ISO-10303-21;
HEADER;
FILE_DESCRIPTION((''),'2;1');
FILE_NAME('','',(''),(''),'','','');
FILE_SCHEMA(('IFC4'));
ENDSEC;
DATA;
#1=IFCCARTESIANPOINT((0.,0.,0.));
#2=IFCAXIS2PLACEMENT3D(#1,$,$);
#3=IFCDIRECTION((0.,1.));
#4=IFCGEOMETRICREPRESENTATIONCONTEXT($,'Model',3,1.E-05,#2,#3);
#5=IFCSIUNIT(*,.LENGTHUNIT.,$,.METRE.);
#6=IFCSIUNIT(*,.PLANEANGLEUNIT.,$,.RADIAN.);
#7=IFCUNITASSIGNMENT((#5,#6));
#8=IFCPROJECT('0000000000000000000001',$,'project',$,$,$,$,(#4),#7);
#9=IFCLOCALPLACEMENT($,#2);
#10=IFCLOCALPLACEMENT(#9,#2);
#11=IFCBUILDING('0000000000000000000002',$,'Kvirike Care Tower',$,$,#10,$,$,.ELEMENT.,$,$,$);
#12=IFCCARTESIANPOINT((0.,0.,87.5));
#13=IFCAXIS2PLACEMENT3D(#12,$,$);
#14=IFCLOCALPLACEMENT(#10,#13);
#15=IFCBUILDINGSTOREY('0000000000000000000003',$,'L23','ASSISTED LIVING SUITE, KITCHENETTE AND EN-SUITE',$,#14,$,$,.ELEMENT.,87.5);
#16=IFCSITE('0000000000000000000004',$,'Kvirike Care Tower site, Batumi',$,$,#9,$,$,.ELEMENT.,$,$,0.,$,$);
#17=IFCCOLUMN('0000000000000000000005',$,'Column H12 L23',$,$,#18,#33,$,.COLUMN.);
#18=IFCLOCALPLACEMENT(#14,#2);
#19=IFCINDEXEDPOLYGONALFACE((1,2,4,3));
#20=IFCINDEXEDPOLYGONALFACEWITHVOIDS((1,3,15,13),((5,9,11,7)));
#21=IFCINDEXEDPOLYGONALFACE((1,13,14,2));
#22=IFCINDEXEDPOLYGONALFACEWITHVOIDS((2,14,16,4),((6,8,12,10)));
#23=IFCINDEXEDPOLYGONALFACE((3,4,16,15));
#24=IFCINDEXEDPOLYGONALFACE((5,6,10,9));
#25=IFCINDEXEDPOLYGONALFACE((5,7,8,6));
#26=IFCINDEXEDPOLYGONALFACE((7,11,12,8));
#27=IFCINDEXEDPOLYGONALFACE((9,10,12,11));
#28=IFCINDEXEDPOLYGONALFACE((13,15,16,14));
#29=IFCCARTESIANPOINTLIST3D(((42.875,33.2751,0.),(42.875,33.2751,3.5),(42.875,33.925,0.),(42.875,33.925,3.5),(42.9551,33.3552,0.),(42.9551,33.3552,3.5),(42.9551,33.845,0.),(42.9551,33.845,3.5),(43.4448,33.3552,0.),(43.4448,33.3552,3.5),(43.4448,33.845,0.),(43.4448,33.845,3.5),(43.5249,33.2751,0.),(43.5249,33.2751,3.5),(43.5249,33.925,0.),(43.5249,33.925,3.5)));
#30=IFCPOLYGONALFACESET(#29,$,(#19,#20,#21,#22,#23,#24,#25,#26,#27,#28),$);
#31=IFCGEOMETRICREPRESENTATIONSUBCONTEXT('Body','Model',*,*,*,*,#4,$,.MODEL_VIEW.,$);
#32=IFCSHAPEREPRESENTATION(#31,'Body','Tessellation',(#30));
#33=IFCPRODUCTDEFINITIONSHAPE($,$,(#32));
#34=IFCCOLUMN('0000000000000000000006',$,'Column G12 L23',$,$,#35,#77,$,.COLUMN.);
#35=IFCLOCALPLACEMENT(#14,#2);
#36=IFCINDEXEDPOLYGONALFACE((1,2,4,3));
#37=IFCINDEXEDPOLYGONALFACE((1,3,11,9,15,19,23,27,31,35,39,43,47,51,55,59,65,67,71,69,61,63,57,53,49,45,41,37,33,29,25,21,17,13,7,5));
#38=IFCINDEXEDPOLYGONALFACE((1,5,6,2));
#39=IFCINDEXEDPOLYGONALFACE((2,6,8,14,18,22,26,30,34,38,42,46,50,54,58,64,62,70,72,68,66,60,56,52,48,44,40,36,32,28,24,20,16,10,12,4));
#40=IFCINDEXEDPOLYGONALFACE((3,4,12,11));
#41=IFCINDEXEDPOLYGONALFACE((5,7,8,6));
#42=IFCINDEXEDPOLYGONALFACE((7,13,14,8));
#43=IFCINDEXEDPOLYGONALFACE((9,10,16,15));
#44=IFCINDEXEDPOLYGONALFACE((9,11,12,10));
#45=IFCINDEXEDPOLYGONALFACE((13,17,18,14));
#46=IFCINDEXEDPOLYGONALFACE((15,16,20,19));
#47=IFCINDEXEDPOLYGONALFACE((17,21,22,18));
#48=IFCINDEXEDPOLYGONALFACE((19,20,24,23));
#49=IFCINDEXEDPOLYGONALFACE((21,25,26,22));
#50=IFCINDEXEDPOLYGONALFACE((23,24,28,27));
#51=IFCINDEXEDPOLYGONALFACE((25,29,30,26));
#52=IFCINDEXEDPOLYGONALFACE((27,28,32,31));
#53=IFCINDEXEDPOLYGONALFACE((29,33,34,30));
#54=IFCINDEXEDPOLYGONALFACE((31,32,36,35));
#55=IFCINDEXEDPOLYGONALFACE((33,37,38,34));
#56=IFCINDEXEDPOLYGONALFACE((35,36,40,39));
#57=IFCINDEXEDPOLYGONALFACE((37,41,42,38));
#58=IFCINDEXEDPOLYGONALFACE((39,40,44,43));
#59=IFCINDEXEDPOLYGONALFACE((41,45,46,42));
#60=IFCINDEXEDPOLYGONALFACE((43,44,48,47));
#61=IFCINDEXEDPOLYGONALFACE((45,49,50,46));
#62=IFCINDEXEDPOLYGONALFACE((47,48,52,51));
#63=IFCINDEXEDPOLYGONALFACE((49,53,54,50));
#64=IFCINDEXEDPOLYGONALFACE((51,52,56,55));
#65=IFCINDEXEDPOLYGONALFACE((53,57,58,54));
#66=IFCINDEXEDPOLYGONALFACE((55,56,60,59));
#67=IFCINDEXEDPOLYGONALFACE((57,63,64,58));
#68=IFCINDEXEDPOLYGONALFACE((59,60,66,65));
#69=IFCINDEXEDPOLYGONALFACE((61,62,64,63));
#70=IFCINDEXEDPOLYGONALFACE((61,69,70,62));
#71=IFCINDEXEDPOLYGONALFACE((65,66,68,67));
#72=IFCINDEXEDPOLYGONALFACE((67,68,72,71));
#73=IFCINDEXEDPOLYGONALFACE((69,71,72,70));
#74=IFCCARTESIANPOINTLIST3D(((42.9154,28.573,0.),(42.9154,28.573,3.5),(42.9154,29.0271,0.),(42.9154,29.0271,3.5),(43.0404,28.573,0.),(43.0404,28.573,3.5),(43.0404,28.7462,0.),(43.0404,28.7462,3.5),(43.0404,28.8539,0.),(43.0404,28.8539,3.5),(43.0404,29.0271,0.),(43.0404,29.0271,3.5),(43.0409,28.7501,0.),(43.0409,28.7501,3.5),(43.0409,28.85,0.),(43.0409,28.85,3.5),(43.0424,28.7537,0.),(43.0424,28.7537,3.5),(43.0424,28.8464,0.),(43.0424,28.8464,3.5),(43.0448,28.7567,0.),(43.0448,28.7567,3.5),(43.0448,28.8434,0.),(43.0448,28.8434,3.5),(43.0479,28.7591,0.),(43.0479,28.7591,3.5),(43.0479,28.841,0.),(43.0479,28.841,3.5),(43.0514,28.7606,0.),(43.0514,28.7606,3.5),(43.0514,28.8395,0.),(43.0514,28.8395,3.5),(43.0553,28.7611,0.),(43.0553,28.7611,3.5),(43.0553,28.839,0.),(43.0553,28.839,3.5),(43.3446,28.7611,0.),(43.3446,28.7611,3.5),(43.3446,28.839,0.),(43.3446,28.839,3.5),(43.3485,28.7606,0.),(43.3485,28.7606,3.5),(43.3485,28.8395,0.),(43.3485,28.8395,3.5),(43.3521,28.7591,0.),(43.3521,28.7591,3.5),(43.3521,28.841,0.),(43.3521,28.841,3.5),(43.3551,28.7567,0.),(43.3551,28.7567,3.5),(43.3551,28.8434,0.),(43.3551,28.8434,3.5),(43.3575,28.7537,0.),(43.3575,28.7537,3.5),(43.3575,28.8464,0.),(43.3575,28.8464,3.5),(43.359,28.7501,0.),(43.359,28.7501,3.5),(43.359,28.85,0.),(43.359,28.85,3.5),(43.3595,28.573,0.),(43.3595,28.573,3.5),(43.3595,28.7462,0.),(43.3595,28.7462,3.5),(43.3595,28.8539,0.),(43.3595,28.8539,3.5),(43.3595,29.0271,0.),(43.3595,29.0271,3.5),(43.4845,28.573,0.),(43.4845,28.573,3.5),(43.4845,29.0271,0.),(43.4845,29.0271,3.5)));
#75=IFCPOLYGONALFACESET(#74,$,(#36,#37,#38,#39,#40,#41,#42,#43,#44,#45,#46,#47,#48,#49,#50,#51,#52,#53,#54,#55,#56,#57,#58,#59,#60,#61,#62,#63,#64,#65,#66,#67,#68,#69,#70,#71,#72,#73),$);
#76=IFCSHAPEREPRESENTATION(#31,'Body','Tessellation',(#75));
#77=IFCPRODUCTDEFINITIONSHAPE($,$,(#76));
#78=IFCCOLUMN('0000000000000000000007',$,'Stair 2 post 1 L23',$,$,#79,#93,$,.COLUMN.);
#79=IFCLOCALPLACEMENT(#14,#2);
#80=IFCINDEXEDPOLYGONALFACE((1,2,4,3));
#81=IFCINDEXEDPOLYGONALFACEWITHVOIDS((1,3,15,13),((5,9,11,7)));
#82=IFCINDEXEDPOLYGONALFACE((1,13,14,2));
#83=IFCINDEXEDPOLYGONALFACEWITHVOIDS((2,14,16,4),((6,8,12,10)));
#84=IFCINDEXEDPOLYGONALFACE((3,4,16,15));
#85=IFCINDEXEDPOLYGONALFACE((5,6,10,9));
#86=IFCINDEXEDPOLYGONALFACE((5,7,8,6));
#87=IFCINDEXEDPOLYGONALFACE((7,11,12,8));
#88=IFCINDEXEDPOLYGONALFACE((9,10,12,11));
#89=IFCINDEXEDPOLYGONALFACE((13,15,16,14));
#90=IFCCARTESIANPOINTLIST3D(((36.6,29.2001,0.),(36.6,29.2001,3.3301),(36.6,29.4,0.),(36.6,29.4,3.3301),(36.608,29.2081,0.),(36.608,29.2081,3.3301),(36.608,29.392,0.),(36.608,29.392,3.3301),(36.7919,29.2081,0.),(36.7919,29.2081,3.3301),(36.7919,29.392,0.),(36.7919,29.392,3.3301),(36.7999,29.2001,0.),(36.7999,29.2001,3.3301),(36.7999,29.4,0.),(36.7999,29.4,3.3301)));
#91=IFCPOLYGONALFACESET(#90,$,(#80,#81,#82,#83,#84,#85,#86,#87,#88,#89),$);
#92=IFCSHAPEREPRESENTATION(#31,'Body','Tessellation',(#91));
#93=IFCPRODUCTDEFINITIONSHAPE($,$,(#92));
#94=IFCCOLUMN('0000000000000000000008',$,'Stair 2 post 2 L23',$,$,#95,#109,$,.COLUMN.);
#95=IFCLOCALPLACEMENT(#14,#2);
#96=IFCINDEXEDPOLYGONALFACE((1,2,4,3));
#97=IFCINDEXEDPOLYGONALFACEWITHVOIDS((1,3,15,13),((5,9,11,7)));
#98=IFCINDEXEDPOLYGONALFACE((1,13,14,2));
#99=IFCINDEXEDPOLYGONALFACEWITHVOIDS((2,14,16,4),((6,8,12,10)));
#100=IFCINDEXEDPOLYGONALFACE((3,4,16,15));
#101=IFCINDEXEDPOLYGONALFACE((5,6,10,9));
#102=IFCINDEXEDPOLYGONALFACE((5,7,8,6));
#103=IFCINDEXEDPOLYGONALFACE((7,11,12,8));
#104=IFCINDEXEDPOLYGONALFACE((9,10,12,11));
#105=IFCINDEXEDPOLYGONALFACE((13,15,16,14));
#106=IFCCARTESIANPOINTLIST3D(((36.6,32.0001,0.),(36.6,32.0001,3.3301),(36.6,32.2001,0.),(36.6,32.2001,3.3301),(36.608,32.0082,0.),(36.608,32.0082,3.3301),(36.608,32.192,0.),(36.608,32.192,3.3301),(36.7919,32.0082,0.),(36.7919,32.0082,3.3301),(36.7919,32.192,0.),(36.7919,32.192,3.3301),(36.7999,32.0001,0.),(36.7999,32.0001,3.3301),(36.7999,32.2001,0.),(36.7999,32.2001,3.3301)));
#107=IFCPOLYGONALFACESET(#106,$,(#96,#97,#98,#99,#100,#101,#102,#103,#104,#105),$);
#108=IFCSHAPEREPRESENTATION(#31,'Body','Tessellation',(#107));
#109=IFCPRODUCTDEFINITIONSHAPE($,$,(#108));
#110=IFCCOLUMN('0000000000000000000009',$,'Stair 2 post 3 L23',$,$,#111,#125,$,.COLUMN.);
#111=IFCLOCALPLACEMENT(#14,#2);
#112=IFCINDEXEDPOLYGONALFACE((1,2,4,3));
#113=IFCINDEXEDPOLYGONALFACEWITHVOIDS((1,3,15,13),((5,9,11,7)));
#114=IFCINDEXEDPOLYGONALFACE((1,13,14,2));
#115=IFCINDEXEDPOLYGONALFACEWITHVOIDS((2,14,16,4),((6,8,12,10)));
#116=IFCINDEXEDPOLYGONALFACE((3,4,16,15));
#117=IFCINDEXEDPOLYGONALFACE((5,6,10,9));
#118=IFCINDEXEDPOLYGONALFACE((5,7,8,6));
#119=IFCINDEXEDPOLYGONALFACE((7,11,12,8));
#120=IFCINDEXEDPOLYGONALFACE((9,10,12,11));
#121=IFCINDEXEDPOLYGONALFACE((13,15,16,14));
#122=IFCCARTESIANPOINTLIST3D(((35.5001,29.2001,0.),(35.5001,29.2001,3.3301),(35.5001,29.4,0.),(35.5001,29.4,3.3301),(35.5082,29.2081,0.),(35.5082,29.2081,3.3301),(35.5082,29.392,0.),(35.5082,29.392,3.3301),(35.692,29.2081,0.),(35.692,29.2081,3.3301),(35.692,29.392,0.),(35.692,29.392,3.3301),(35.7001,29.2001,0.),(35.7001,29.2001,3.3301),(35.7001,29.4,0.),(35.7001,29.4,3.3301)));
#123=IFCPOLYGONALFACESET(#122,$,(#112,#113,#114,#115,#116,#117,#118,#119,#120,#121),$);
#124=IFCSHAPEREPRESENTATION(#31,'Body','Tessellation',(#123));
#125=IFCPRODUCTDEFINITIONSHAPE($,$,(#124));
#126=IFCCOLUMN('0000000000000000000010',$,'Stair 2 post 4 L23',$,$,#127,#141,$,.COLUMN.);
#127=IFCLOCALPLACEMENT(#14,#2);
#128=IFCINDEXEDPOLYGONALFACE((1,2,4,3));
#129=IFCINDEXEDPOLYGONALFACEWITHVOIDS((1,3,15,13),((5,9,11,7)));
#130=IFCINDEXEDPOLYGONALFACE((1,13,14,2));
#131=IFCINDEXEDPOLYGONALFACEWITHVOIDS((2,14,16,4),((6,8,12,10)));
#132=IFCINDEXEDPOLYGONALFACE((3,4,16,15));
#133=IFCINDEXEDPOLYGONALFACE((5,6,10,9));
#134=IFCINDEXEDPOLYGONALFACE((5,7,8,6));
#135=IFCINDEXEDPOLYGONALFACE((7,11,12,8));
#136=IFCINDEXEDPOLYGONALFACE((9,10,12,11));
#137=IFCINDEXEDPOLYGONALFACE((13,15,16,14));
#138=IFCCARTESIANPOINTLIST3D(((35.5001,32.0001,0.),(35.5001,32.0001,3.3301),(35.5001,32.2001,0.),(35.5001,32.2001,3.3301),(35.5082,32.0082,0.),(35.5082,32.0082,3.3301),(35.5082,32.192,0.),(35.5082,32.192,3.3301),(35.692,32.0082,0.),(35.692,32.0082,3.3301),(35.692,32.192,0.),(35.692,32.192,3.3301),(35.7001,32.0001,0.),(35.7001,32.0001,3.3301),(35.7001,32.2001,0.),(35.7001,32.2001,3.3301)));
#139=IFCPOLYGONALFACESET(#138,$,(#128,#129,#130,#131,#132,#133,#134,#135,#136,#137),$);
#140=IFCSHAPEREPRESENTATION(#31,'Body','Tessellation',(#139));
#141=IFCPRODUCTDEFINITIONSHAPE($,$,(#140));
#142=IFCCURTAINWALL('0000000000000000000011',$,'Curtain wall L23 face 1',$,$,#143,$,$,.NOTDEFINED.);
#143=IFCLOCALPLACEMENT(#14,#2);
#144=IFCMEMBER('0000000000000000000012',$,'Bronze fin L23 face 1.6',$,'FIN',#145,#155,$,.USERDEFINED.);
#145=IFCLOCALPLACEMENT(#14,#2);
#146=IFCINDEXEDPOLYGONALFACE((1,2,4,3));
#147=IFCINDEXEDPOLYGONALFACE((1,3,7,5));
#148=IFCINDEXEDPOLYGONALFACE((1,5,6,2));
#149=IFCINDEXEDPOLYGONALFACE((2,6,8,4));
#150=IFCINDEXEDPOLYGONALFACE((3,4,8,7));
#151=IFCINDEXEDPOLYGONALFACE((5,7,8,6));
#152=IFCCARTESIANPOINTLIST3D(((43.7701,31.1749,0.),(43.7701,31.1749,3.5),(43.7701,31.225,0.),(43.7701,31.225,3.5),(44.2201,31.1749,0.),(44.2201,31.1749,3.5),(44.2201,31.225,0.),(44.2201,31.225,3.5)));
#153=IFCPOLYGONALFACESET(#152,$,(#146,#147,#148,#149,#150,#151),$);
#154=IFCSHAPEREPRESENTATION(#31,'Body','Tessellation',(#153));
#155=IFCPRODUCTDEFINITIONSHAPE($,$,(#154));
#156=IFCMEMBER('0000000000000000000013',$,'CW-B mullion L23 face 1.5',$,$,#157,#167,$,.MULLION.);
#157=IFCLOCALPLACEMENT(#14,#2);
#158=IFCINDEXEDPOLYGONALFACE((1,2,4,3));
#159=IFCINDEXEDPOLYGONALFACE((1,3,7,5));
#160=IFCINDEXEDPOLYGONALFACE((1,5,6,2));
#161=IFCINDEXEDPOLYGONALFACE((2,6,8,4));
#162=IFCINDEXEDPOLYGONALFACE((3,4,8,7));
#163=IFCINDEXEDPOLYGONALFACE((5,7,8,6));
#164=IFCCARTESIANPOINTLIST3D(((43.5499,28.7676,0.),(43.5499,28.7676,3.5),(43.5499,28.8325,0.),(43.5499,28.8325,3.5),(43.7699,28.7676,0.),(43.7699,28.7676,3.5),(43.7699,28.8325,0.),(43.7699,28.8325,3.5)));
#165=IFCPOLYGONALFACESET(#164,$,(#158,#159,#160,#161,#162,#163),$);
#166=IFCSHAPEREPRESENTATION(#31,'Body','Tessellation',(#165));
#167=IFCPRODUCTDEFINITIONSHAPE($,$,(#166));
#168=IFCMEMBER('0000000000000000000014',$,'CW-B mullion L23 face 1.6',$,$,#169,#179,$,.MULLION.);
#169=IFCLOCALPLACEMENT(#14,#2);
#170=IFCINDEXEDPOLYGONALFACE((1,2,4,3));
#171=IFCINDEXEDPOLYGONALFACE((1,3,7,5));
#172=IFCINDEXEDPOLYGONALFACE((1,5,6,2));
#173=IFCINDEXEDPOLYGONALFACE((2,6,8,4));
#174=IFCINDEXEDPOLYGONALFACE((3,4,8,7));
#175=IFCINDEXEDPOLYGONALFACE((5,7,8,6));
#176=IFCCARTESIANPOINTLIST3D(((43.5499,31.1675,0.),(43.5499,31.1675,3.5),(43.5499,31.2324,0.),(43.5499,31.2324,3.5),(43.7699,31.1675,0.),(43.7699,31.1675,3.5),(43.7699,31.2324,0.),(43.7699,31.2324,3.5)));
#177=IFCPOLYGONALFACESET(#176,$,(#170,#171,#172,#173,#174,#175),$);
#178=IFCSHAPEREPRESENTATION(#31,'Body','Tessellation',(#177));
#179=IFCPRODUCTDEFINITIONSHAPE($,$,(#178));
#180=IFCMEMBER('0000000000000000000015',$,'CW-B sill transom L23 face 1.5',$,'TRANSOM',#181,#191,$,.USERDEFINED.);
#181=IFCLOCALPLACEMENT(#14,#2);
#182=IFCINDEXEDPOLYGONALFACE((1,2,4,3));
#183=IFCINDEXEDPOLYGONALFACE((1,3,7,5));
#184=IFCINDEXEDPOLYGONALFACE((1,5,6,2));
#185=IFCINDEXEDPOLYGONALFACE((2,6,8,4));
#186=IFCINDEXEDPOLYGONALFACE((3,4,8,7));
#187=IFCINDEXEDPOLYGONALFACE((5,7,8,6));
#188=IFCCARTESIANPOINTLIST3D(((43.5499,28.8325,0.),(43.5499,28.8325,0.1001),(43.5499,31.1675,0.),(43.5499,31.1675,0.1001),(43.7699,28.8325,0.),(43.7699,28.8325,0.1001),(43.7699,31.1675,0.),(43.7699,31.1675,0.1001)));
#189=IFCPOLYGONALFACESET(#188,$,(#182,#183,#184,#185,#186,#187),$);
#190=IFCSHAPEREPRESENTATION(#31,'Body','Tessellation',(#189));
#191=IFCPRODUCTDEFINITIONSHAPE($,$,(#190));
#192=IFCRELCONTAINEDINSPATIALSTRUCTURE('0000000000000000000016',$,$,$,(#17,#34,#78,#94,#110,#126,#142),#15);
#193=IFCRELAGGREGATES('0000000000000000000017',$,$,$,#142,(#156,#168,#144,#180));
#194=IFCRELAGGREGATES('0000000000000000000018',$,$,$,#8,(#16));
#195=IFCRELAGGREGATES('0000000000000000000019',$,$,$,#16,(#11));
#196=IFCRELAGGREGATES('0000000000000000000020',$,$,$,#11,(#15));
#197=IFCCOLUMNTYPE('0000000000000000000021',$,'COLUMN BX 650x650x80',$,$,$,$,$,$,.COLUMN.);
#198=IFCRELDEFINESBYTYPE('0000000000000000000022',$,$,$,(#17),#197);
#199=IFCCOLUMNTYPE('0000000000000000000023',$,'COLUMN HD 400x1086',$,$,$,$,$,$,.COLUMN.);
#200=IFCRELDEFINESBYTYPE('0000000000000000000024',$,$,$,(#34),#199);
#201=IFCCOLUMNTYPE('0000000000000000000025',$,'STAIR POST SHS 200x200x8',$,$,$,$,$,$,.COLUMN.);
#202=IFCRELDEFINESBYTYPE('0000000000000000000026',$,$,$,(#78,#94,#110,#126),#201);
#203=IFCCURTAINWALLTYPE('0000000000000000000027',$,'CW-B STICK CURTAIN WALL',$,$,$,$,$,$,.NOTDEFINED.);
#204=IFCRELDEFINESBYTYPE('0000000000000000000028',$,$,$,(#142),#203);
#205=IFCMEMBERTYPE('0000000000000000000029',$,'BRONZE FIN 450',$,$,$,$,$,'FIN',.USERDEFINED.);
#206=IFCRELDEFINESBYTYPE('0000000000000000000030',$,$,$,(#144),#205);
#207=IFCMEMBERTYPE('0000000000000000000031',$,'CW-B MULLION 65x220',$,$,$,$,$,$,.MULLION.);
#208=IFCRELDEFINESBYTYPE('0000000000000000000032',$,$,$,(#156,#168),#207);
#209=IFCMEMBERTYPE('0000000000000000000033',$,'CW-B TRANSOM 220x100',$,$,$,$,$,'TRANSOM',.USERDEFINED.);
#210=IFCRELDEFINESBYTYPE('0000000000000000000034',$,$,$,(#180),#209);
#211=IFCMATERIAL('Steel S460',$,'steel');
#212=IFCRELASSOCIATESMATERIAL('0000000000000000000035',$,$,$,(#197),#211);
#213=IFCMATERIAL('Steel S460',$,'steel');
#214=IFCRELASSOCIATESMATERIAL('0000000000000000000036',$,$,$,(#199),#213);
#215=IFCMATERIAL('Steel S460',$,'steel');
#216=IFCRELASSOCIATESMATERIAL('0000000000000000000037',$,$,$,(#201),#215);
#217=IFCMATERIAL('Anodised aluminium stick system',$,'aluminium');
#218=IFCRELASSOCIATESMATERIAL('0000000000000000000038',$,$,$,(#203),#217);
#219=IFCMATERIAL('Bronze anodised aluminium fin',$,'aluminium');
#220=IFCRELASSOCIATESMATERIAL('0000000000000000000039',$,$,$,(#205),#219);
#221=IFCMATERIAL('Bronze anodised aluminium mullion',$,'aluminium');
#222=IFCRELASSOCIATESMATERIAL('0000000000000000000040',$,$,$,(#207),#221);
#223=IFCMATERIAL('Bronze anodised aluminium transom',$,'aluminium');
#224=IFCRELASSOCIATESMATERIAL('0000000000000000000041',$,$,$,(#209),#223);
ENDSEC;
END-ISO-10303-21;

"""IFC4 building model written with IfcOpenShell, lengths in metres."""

from ifc_helpers import new_model, si_unit, direction, frame, origin, origin_2d, place, context, subcontext, project, spatial, rectangle, hollow_rectangle, i_section, extrude, material, material_profile, profile_set, type_object, element, aggregate, save


model = new_model("IFC4")

# Units and contexts
model_context = context("Model", 3, precision=1e-05, world=origin(), true_north=direction((0.0, 1.0)))
body_context = subcontext(model_context, "Body", "Model", "MODEL_VIEW")
ifc_project = project(units=[si_unit("LENGTHUNIT", "METRE"), si_unit("PLANEANGLEUNIT", "RADIAN")], contexts=[model_context])

# Site, building, storey
site_placement = place(None, origin())
site = spatial("IfcSite", under=ifc_project, at=site_placement, Name="Kvirike Care Tower site, Batumi", CompositionType="ELEMENT", RefElevation=0.0)
building_placement = place(site_placement, origin())
building = spatial("IfcBuilding", under=site, at=building_placement, Name="Kvirike Care Tower", CompositionType="ELEMENT")
storey_placement = place(building_placement, frame((0.0, 0.0, 87.5)))
storey = spatial("IfcBuildingStorey", under=building, at=storey_placement, Name="L23", Description="ASSISTED LIVING SUITE, KITCHENETTE AND EN-SUITE", CompositionType="ELEMENT", Elevation=87.5)

# Columns
ifc_material_1 = material(Name="Steel S460", Category="steel")
ifc_material_profile_1 = material_profile(ifc_material_1, hollow_rectangle(XDim=0.6499, YDim=0.6499, WallThickness=0.0801, at=origin_2d()), Name="BX 650x650x80")
ifc_profile_set_1 = profile_set([ifc_material_profile_1], Name="Steel S460")
column_type_1 = type_object("IfcColumnType", Name="COLUMN BX 650x650x80", PredefinedType="COLUMN", material=ifc_profile_set_1)
column_1_placement = place(storey_placement, frame((43.2, 33.6001, 0.0), z_axis=(0.0, 0.0, 1.0), x_axis=(1.0, 0.0, 0.0)))
element("IfcColumn", 1, at=column_1_placement, inside=storey, type_object=column_type_1, Name="Column H12 L23", PredefinedType="COLUMN", context=body_context, shape_type="SweptSolid", body=[
    extrude(hollow_rectangle(XDim=0.6499, YDim=0.6499, WallThickness=0.0801, at=origin_2d()), origin(), (0.0, 0.0, 1.0), 3.5),
])
ifc_material_2 = material(Name="Steel S460", Category="steel")
ifc_material_profile_2 = material_profile(ifc_material_2, i_section(OverallWidth=0.4541, OverallDepth=0.5691, WebThickness=0.0779, FlangeThickness=0.125, FilletRadius=0.0149, at=origin_2d()), Name="HD 400x1086")
ifc_profile_set_2 = profile_set([ifc_material_profile_2], Name="Steel S460")
column_type_2 = type_object("IfcColumnType", Name="COLUMN HD 400x1086", PredefinedType="COLUMN", material=ifc_profile_set_2)
column_2_placement = place(storey_placement, frame((43.2, 28.8, 0.0), z_axis=(0.0, 0.0, 1.0), x_axis=(0.0, 1.0, 0.0)))
element("IfcColumn", 2, at=column_2_placement, inside=storey, type_object=column_type_2, Name="Column G12 L23", PredefinedType="COLUMN", context=body_context, shape_type="SweptSolid", body=[
    extrude(i_section(OverallWidth=0.4541, OverallDepth=0.5691, WebThickness=0.0779, FlangeThickness=0.125, FilletRadius=0.0149, at=origin_2d()), origin(), (0.0, 0.0, 1.0), 3.5),
])
ifc_material_3 = material(Name="Steel S460", Category="steel")
ifc_material_profile_3 = material_profile(ifc_material_3, hollow_rectangle(XDim=0.2, YDim=0.2, WallThickness=0.0081, at=origin_2d()), Name="SHS 200x200x8")
ifc_profile_set_3 = profile_set([ifc_material_profile_3], Name="Steel S460")
column_type_3 = type_object("IfcColumnType", Name="STAIR POST SHS 200x200x8", PredefinedType="COLUMN", material=ifc_profile_set_3)
for number, where, z_axis, x_axis, name in (
    (3, (36.7, 29.3, 0.0), (0.0, 0.0, 1.0), (1.0, 0.0, 0.0), "Stair 2 post 1 L23"),
    (4, (36.7, 32.1001, 0.0), (0.0, 0.0, 1.0), (1.0, 0.0, 0.0), "Stair 2 post 2 L23"),
    (5, (35.6001, 29.3, 0.0), (0.0, 0.0, 1.0), (1.0, 0.0, 0.0), "Stair 2 post 3 L23"),
    (6, (35.6001, 32.1001, 0.0), (0.0, 0.0, 1.0), (1.0, 0.0, 0.0), "Stair 2 post 4 L23"),
):
    element("IfcColumn", number, at=place(storey_placement, frame(where, z_axis=z_axis, x_axis=x_axis)), inside=storey, type_object=column_type_3, Name=name, PredefinedType="COLUMN", context=body_context, shape_type="SweptSolid", body=[
        extrude(hollow_rectangle(XDim=0.2, YDim=0.2, WallThickness=0.0081, at=origin_2d()), origin(), (0.0, 0.0, 1.0), 3.3301),
    ])

# Curtain wall, members
ifc_material_4 = material(Name="Anodised aluminium stick system", Category="aluminium")
curtain_wall_type = type_object("IfcCurtainWallType", Name="CW-B STICK CURTAIN WALL", PredefinedType="NOTDEFINED", material=ifc_material_4)
curtain_wall_placement = place(storey_placement, origin())
curtain_wall = element("IfcCurtainWall", 7, at=curtain_wall_placement, inside=storey, type_object=curtain_wall_type, Name="Curtain wall L23 face 1", PredefinedType="NOTDEFINED")
ifc_material_5 = material(Name="Bronze anodised aluminium fin", Category="aluminium")
ifc_material_profile_4 = material_profile(ifc_material_5, rectangle(XDim=0.05, YDim=0.45, at=origin_2d()), Name="BRONZE FIN 450")
ifc_profile_set_4 = profile_set([ifc_material_profile_4], Name="Bronze anodised aluminium fin")
member_type_1 = type_object("IfcMemberType", Name="BRONZE FIN 450", ElementType="FIN", PredefinedType="USERDEFINED", material=ifc_profile_set_4)
member_1_placement = place(storey_placement, frame((43.9951, 31.2, 0.0), z_axis=(0.0, 0.0, 1.0), x_axis=(0.0, 1.0, 0.0)))
member_1 = element("IfcMember", 8, at=member_1_placement, type_object=member_type_1, Name="Bronze fin L23 face 1.6", ObjectType="FIN", PredefinedType="USERDEFINED", context=body_context, shape_type="SweptSolid", body=[
    extrude(rectangle(XDim=0.05, YDim=0.45, at=origin_2d()), origin(), (0.0, 0.0, 1.0), 3.5),
])
ifc_material_6 = material(Name="Bronze anodised aluminium mullion", Category="aluminium")
ifc_material_profile_5 = material_profile(ifc_material_6, rectangle(XDim=0.0649, YDim=0.22, at=origin_2d()), Name="CW-B MULLION 65x220")
ifc_profile_set_5 = profile_set([ifc_material_profile_5], Name="Bronze anodised aluminium mullion")
member_type_2 = type_object("IfcMemberType", Name="CW-B MULLION 65x220", PredefinedType="MULLION", material=ifc_profile_set_5)
member_2_placement = place(storey_placement, frame((43.6599, 28.8, 0.0), z_axis=(0.0, 0.0, 1.0), x_axis=(0.0, 1.0, 0.0)))
member_2 = element("IfcMember", 9, at=member_2_placement, type_object=member_type_2, Name="CW-B mullion L23 face 1.5", PredefinedType="MULLION", context=body_context, shape_type="SweptSolid", body=[
    extrude(rectangle(XDim=0.0649, YDim=0.22, at=origin_2d()), origin(), (0.0, 0.0, 1.0), 3.5),
])
member_3_placement = place(storey_placement, frame((43.6599, 31.2, 0.0), z_axis=(0.0, 0.0, 1.0), x_axis=(0.0, 1.0, 0.0)))
member_3 = element("IfcMember", 10, at=member_3_placement, type_object=member_type_2, Name="CW-B mullion L23 face 1.6", PredefinedType="MULLION", context=body_context, shape_type="SweptSolid", body=[
    extrude(rectangle(XDim=0.0649, YDim=0.22, at=origin_2d()), origin(), (0.0, 0.0, 1.0), 3.5),
])
ifc_material_7 = material(Name="Bronze anodised aluminium transom", Category="aluminium")
ifc_material_profile_6 = material_profile(ifc_material_7, rectangle(XDim=0.22, YDim=0.1001, at=origin_2d()), Name="CW-B TRANSOM 220x100")
ifc_profile_set_6 = profile_set([ifc_material_profile_6], Name="Bronze anodised aluminium transom")
member_type_3 = type_object("IfcMemberType", Name="CW-B TRANSOM 220x100", ElementType="TRANSOM", PredefinedType="USERDEFINED", material=ifc_profile_set_6)
member_4_placement = place(storey_placement, frame((43.6599, 28.8325, 0.05), z_axis=(0.0, 1.0, 0.0), x_axis=(-1.0, 0.0, 0.0)))
member_4 = element("IfcMember", 11, at=member_4_placement, type_object=member_type_3, Name="CW-B sill transom L23 face 1.5", ObjectType="TRANSOM", PredefinedType="USERDEFINED", context=body_context, shape_type="SweptSolid", body=[
    extrude(rectangle(XDim=0.22, YDim=0.1001, at=origin_2d()), origin(), (0.0, 0.0, 1.0), 2.335),
])

aggregate(curtain_wall, [member_2, member_3, member_1, member_4])

save(model, "model.ifc")
